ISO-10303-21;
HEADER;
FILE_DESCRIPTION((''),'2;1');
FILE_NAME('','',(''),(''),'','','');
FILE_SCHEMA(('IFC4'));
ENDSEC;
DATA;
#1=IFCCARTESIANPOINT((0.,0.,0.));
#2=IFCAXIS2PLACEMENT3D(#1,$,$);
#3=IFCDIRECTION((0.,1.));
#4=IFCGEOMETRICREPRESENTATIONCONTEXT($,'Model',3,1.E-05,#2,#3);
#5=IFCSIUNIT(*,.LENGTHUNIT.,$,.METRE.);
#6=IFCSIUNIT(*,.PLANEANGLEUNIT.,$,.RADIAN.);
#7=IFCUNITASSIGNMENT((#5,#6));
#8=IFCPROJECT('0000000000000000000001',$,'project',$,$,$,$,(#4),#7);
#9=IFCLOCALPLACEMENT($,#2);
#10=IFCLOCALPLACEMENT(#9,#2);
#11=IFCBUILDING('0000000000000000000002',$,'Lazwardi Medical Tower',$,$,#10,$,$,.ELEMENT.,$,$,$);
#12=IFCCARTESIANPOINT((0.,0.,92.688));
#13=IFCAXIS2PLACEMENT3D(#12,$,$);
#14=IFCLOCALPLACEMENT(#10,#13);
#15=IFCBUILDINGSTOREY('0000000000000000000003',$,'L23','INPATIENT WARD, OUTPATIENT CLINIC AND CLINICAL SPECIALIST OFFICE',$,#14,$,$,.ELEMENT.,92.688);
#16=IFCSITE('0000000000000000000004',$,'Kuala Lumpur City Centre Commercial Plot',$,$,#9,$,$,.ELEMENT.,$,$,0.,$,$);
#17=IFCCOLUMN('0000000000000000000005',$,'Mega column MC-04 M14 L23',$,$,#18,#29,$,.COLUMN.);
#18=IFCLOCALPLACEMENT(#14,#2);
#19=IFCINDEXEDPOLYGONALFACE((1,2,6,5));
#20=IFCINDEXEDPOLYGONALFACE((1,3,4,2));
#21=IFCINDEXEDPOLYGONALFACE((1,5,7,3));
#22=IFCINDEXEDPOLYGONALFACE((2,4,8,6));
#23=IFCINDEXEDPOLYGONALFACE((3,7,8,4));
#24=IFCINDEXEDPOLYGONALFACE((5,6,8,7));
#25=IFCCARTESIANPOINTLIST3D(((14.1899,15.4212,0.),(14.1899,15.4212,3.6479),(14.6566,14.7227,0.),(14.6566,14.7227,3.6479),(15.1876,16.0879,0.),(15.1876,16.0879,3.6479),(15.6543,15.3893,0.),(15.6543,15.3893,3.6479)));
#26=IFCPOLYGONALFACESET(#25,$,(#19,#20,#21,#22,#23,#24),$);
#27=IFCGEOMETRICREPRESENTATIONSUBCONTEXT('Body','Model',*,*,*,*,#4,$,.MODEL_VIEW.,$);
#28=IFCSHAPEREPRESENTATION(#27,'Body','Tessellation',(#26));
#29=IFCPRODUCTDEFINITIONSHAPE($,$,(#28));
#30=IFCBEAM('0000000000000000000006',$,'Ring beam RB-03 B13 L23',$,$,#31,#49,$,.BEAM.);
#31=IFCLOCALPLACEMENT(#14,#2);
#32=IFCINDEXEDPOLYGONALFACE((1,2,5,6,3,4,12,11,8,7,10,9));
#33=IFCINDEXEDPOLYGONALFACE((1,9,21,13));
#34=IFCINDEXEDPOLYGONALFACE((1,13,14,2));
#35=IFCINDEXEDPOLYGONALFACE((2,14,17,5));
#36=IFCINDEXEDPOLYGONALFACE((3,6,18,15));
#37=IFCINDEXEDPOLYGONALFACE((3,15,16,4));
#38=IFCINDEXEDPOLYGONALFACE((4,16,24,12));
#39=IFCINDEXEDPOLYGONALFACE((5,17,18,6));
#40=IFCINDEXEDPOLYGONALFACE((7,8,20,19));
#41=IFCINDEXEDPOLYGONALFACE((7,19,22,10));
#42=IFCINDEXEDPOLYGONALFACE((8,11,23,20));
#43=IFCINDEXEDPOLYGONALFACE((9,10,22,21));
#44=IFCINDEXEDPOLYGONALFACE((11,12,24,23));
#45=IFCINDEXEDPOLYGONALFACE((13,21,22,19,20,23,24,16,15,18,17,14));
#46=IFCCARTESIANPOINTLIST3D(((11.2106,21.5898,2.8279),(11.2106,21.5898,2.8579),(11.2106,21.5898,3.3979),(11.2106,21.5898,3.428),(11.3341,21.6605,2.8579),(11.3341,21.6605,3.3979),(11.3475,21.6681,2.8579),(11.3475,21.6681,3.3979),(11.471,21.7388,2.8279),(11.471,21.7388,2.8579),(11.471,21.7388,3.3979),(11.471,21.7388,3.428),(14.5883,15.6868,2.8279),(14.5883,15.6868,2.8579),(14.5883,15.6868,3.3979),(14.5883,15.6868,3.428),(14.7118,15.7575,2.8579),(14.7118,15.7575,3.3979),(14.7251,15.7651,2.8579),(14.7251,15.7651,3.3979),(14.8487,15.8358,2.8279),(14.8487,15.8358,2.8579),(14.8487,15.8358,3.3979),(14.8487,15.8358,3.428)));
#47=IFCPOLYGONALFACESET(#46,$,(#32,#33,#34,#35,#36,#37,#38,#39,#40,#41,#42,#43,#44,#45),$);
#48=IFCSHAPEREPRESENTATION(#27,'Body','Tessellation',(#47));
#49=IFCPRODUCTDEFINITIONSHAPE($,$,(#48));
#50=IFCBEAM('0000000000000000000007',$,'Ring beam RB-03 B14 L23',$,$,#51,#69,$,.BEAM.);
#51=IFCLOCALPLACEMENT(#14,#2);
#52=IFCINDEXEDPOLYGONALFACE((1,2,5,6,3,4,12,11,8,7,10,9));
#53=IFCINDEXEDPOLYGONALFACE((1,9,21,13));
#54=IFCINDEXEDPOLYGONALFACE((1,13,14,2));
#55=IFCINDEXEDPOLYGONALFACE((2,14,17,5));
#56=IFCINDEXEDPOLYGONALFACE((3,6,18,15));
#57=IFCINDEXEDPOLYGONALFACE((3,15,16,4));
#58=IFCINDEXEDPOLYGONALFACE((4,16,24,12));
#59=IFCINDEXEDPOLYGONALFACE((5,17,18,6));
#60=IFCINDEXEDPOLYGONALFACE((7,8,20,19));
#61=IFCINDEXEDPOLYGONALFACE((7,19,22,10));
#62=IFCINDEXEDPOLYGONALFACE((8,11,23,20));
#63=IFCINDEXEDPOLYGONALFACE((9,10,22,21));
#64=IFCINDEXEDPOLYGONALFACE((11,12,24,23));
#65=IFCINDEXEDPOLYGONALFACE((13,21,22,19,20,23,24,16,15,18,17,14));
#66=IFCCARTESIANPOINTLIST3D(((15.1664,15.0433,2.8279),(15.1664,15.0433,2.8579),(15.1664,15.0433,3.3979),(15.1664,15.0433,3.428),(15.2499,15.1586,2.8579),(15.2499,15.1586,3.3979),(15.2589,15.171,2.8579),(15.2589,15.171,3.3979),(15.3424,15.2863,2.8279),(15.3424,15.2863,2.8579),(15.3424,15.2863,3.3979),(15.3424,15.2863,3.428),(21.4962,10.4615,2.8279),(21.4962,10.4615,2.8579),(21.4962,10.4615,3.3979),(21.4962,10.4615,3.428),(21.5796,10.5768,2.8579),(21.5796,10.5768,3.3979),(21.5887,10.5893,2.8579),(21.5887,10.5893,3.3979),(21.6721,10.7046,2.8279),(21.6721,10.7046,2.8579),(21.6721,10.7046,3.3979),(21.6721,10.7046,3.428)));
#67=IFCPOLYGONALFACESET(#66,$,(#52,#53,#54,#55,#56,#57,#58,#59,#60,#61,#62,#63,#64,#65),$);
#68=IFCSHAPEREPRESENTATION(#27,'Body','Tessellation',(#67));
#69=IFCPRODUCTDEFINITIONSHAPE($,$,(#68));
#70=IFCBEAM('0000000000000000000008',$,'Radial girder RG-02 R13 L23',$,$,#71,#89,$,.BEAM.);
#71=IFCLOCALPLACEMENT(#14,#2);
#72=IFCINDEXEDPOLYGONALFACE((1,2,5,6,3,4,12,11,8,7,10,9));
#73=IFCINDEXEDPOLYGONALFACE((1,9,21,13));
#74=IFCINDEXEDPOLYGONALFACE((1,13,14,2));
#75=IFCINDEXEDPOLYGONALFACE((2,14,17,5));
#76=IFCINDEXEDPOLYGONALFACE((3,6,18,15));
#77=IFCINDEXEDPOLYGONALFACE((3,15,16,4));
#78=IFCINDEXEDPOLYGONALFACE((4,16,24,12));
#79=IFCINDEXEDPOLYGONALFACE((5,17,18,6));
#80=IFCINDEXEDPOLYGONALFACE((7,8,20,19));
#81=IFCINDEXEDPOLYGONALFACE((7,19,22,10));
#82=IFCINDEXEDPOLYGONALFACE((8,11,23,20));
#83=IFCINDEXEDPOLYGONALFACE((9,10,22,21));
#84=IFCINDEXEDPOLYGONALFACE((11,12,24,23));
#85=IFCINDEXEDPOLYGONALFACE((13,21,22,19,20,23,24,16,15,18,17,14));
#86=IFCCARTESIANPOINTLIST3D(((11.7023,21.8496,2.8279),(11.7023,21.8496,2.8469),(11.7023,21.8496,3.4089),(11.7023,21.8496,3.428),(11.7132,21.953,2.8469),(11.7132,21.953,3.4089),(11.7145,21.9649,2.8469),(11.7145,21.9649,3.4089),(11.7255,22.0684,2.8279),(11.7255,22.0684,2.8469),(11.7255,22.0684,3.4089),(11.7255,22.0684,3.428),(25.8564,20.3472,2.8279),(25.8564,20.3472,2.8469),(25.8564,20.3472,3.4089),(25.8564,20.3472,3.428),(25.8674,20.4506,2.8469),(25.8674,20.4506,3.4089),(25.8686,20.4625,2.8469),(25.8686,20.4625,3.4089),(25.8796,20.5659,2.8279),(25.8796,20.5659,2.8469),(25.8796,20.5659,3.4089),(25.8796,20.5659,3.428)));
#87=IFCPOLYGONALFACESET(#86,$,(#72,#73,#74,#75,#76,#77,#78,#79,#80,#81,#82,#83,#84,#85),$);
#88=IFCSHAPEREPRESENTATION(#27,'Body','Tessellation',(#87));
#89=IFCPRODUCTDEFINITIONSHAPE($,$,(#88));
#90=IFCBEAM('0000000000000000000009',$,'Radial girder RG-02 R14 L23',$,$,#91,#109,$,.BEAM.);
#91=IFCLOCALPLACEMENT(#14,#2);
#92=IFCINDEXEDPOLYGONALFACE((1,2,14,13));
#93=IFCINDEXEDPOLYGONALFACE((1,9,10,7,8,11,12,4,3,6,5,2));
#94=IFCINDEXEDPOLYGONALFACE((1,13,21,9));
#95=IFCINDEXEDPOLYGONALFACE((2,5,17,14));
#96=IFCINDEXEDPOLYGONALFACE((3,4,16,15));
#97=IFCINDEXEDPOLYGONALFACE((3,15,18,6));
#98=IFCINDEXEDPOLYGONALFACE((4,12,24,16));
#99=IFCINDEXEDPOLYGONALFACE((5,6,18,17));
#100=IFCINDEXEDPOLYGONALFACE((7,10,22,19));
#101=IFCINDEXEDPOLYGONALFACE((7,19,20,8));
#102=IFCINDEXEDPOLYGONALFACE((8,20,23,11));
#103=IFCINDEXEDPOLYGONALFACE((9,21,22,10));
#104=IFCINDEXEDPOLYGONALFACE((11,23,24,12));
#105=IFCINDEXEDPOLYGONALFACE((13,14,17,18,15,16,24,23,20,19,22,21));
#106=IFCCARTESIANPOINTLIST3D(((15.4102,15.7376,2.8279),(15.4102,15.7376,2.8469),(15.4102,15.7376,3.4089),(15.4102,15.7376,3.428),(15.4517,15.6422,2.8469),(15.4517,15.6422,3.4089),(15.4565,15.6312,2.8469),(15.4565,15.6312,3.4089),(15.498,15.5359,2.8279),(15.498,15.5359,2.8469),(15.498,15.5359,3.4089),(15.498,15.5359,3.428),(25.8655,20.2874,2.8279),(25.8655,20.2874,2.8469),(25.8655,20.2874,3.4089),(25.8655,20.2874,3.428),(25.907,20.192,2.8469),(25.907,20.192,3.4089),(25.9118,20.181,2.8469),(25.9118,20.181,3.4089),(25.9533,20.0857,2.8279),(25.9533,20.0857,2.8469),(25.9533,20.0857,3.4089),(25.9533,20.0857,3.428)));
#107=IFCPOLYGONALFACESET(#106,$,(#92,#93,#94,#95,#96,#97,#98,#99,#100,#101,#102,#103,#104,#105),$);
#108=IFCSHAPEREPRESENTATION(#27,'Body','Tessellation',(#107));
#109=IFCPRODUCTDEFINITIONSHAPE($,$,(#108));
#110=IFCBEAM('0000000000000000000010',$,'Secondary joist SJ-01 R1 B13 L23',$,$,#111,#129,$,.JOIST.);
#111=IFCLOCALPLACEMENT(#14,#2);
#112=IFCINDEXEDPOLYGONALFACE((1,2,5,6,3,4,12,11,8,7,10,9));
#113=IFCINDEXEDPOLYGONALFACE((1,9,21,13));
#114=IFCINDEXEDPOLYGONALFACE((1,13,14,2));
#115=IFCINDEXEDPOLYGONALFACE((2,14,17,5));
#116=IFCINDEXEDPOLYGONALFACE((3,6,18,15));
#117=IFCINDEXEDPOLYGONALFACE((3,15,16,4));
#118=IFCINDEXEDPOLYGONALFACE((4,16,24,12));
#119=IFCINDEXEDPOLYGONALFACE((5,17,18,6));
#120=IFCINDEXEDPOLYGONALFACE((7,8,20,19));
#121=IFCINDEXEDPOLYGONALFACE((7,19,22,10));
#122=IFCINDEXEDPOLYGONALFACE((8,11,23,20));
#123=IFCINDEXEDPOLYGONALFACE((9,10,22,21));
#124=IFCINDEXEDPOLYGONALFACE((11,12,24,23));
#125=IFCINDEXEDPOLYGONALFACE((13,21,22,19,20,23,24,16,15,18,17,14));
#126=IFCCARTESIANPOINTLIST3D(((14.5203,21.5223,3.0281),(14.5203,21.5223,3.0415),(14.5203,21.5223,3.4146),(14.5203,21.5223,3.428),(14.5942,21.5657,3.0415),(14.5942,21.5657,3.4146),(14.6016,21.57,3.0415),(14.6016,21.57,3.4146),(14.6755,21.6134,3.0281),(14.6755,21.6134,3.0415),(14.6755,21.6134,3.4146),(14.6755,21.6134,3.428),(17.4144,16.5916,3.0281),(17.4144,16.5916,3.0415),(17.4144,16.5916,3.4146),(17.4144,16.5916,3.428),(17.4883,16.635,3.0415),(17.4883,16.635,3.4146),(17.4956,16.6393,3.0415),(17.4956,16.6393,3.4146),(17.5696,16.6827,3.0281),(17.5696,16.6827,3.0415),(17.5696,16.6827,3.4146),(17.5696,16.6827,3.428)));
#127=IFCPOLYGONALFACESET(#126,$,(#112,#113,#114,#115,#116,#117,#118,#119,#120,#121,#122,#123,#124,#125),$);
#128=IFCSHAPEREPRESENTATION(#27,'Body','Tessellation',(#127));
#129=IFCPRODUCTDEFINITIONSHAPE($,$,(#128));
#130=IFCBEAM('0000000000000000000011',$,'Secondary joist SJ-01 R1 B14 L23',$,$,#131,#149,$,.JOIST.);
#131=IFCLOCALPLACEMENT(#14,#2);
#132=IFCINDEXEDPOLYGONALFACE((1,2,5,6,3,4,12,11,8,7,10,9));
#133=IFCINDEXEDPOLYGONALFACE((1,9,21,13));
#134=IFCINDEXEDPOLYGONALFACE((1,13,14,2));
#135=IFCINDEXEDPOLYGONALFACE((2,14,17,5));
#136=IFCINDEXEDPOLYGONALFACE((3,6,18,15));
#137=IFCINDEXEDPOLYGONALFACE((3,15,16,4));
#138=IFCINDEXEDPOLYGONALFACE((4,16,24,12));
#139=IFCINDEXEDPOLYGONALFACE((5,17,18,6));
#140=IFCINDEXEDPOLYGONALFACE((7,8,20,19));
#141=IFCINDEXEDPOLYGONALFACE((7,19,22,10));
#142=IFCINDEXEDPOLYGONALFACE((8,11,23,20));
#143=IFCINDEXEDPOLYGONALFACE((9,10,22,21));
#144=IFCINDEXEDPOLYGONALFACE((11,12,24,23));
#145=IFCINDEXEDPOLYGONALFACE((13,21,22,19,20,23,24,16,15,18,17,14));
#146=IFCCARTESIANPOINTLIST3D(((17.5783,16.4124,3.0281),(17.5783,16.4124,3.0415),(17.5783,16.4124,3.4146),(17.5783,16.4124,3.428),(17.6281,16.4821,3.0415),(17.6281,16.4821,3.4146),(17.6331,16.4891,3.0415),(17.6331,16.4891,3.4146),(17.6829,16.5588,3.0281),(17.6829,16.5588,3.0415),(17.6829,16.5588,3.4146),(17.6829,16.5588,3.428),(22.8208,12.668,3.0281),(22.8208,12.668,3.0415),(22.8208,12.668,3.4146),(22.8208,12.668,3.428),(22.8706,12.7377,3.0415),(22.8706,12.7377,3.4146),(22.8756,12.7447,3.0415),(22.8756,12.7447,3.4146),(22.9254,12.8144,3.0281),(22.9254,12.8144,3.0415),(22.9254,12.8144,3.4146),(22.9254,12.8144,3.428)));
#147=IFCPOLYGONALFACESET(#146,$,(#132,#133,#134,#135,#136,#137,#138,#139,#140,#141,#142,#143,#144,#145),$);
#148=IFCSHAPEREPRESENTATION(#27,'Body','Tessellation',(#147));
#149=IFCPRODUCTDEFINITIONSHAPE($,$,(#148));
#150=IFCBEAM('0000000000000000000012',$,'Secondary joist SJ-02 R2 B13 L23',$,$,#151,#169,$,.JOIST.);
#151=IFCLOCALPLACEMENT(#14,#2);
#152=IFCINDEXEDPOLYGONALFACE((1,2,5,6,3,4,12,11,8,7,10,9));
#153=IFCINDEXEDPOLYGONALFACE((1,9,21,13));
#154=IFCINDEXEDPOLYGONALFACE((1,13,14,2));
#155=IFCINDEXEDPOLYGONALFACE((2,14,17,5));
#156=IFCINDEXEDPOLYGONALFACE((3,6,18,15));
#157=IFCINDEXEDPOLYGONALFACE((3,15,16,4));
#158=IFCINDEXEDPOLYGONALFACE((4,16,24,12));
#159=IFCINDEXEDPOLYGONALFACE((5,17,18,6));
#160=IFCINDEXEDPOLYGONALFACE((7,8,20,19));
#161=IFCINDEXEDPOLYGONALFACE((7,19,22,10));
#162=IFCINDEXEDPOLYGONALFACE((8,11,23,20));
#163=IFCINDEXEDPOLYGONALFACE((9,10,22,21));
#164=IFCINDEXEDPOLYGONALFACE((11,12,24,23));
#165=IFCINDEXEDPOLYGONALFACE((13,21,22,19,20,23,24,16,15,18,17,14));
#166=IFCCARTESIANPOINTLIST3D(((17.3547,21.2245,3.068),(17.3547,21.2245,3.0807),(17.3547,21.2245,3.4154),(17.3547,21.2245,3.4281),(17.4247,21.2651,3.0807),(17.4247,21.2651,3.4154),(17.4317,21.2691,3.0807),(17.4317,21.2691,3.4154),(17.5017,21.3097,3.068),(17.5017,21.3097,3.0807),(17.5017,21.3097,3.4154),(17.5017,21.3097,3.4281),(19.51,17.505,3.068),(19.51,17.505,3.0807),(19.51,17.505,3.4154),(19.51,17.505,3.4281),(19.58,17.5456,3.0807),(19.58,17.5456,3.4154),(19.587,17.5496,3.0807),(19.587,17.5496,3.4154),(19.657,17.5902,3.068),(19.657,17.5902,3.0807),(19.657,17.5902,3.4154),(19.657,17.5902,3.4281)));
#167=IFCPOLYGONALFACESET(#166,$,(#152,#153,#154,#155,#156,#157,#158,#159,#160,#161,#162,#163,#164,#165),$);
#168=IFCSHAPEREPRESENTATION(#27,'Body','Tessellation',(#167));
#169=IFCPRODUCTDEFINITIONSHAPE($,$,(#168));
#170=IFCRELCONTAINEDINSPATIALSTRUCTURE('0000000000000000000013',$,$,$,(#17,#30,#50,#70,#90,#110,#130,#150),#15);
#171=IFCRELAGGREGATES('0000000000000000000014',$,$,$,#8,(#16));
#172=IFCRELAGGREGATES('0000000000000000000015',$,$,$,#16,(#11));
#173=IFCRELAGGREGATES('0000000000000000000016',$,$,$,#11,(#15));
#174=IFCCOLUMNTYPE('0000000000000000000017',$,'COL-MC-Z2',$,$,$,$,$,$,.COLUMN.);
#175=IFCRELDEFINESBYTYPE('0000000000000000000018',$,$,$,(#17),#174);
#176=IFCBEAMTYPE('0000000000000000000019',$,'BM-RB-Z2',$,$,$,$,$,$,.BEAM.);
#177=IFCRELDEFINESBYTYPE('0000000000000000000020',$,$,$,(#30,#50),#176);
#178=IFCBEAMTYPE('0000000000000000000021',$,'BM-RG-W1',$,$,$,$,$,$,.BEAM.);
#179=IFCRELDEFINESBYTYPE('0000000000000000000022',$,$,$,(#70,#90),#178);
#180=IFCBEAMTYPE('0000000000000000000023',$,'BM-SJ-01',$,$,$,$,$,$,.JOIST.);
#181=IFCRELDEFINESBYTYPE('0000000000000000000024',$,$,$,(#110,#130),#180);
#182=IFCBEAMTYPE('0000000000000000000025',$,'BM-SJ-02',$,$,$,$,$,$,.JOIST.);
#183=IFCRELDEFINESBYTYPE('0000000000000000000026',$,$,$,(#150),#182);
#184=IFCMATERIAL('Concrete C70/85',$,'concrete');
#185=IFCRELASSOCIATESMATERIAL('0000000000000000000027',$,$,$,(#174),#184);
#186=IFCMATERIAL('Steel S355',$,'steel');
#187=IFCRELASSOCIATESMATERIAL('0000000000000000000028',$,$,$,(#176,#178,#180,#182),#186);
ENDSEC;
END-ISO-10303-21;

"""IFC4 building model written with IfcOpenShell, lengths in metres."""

from ifc_helpers import new_model, si_unit, direction, frame, origin, origin_2d, place, context, subcontext, project, spatial, rectangle, i_section, extrude, material, material_profile, profile_set, type_object, element, save


model = new_model("IFC4")

# Units and contexts
model_context = context("Model", 3, precision=1e-05, world=origin(), true_north=direction((0.0, 1.0)))
body_context = subcontext(model_context, "Body", "Model", "MODEL_VIEW")
ifc_project = project(units=[si_unit("LENGTHUNIT", "METRE"), si_unit("PLANEANGLEUNIT", "RADIAN")], contexts=[model_context])

# Site, building, storey
site_placement = place(None, origin())
site = spatial("IfcSite", under=ifc_project, at=site_placement, Name="Kuala Lumpur City Centre Commercial Plot", CompositionType="ELEMENT", RefElevation=0.0)
building_placement = place(site_placement, origin())
building = spatial("IfcBuilding", under=site, at=building_placement, Name="Lazwardi Medical Tower", CompositionType="ELEMENT")
storey_placement = place(building_placement, frame((0.0, 0.0, 92.688)))
storey = spatial("IfcBuildingStorey", under=building, at=storey_placement, Name="L23", Description="INPATIENT WARD, OUTPATIENT CLINIC AND CLINICAL SPECIALIST OFFICE", CompositionType="ELEMENT", Elevation=92.688)

# Column
ifc_material_1 = material(Name="Concrete C70/85", Category="concrete")
ifc_material_profile_1 = material_profile(ifc_material_1, rectangle(XDim=1.2, YDim=0.8401, at=origin_2d()), Name="CFT-RECT 1200x840")
ifc_profile_set_1 = profile_set([ifc_material_profile_1], Name="Concrete C70/85")
column_type = type_object("IfcColumnType", Name="COL-MC-Z2", PredefinedType="COLUMN", material=ifc_profile_set_1)
column_placement = place(storey_placement, frame((14.9221, 15.4053, 0.0), z_axis=(0.0, 0.0, 1.0), x_axis=(-0.83147, -0.55557, 0.0)))
element("IfcColumn", 1, at=column_placement, inside=storey, type_object=column_type, Name="Mega column MC-04 M14 L23", PredefinedType="COLUMN", context=body_context, shape_type="SweptSolid", body=[
    extrude(rectangle(XDim=1.2, YDim=0.8401, at=origin_2d()), origin(), (0.0, 0.0, 1.0), 3.6479),
])

# Beams
ifc_material_2 = material(Name="Steel S355", Category="steel")
ifc_material_profile_2 = material_profile(ifc_material_2, i_section(OverallWidth=0.3, OverallDepth=0.6001, WebThickness=0.0154, FlangeThickness=0.03, at=origin_2d()), Name="HEB 600")
ifc_profile_set_2 = profile_set([ifc_material_profile_2], Name="Steel S355")
beam_type_1 = type_object("IfcBeamType", Name="BM-RB-Z2", PredefinedType="BEAM", material=ifc_profile_set_2)
beam_1_placement = place(storey_placement, frame((11.3408, 21.6643, 3.1279), z_axis=(0.496638, -0.867958, 0.0), x_axis=(0.867958, 0.496638, 0.0)))
element("IfcBeam", 2, at=beam_1_placement, inside=storey, type_object=beam_type_1, Name="Ring beam RB-03 B13 L23", PredefinedType="BEAM", context=body_context, shape_type="SweptSolid", body=[
    extrude(i_section(OverallWidth=0.3, OverallDepth=0.6001, WebThickness=0.0154, FlangeThickness=0.03, at=origin_2d()), origin(), (0.0, 0.0, 1.0), 6.801),
])
beam_2_placement = place(storey_placement, frame((15.2544, 15.1648, 3.1279), z_axis=(0.810057, -0.586351, 0.0), x_axis=(0.586351, 0.810057, 0.0)))
element("IfcBeam", 3, at=beam_2_placement, inside=storey, type_object=beam_type_1, Name="Ring beam RB-03 B14 L23", PredefinedType="BEAM", context=body_context, shape_type="SweptSolid", body=[
    extrude(i_section(OverallWidth=0.3, OverallDepth=0.6001, WebThickness=0.0154, FlangeThickness=0.03, at=origin_2d()), origin(), (0.0, 0.0, 1.0), 7.814),
])
ifc_material_profile_3 = material_profile(ifc_material_2, i_section(OverallWidth=0.22, OverallDepth=0.6001, WebThickness=0.012, FlangeThickness=0.019, at=origin_2d()), Name="IPE 600")
ifc_profile_set_3 = profile_set([ifc_material_profile_3], Name="Steel S355")
beam_type_2 = type_object("IfcBeamType", Name="BM-RG-W1", PredefinedType="BEAM", material=ifc_profile_set_3)
beam_3_placement = place(storey_placement, frame((11.7139, 21.959, 3.1279), z_axis=(0.994413, -0.105556, 0.0), x_axis=(0.105556, 0.994413, 0.0)))
element("IfcBeam", 4, at=beam_3_placement, inside=storey, type_object=beam_type_2, Name="Radial girder RG-02 R13 L23", PredefinedType="BEAM", context=body_context, shape_type="SweptSolid", body=[
    extrude(i_section(OverallWidth=0.22, OverallDepth=0.6001, WebThickness=0.012, FlangeThickness=0.019, at=origin_2d()), origin(), (0.0, 0.0, 1.0), 14.2336),
])
beam_4_placement = place(storey_placement, frame((15.4541, 15.6367, 3.1279), z_axis=(0.916941, 0.399022, 0.0), x_axis=(-0.399022, 0.916941, 0.0)))
element("IfcBeam", 5, at=beam_4_placement, inside=storey, type_object=beam_type_2, Name="Radial girder RG-02 R14 L23", PredefinedType="BEAM", context=body_context, shape_type="SweptSolid", body=[
    extrude(i_section(OverallWidth=0.22, OverallDepth=0.6001, WebThickness=0.012, FlangeThickness=0.019, at=origin_2d()), origin(), (0.0, 0.0, 1.0), 11.4023),
])
ifc_material_profile_4 = material_profile(ifc_material_2, i_section(OverallWidth=0.1799, OverallDepth=0.3999, WebThickness=0.0085, FlangeThickness=0.0134, at=origin_2d()), Name="IPE 400")
ifc_profile_set_4 = profile_set([ifc_material_profile_4], Name="Steel S355")
beam_type_3 = type_object("IfcBeamType", Name="BM-SJ-01", PredefinedType="JOIST", material=ifc_profile_set_4)
beam_5_placement = place(storey_placement, frame((14.5979, 21.5679, 3.228), z_axis=(0.506195, -0.862419, 0.0), x_axis=(0.862419, 0.506195, 0.0)))
element("IfcBeam", 6, at=beam_5_placement, inside=storey, type_object=beam_type_3, Name="Secondary joist SJ-01 R1 B13 L23", PredefinedType="JOIST", context=body_context, shape_type="SweptSolid", body=[
    extrude(i_section(OverallWidth=0.1799, OverallDepth=0.3999, WebThickness=0.0085, FlangeThickness=0.0134, at=origin_2d()), origin(), (0.0, 0.0, 1.0), 5.7173),
])
beam_6_placement = place(storey_placement, frame((17.6306, 16.4856, 3.228), z_axis=(0.813749, -0.581217, 0.0), x_axis=(0.581217, 0.813749, 0.0)))
element("IfcBeam", 7, at=beam_6_placement, inside=storey, type_object=beam_type_3, Name="Secondary joist SJ-01 R1 B14 L23", PredefinedType="JOIST", context=body_context, shape_type="SweptSolid", body=[
    extrude(i_section(OverallWidth=0.1799, OverallDepth=0.3999, WebThickness=0.0085, FlangeThickness=0.0134, at=origin_2d()), origin(), (0.0, 0.0, 1.0), 6.4424),
])
ifc_material_profile_5 = material_profile(ifc_material_2, i_section(OverallWidth=0.1699, OverallDepth=0.3601, WebThickness=0.0081, FlangeThickness=0.0127, at=origin_2d()), Name="IPE 360")
ifc_profile_set_5 = profile_set([ifc_material_profile_5], Name="Steel S355")
beam_type_4 = type_object("IfcBeamType", Name="BM-SJ-02", PredefinedType="JOIST", material=ifc_profile_set_5)
beam_7_placement = place(storey_placement, frame((17.4282, 21.2671, 3.248), z_axis=(0.501365, -0.865236, 0.0), x_axis=(0.865236, 0.501365, 0.0)))
element("IfcBeam", 8, at=beam_7_placement, inside=storey, type_object=beam_type_4, Name="Secondary joist SJ-02 R2 B13 L23", PredefinedType="JOIST", context=body_context, shape_type="SweptSolid", body=[
    extrude(i_section(OverallWidth=0.1699, OverallDepth=0.3601, WebThickness=0.0081, FlangeThickness=0.0127, at=origin_2d()), origin(), (0.0, 0.0, 1.0), 4.2988),
])

save(model, "model.ifc")
